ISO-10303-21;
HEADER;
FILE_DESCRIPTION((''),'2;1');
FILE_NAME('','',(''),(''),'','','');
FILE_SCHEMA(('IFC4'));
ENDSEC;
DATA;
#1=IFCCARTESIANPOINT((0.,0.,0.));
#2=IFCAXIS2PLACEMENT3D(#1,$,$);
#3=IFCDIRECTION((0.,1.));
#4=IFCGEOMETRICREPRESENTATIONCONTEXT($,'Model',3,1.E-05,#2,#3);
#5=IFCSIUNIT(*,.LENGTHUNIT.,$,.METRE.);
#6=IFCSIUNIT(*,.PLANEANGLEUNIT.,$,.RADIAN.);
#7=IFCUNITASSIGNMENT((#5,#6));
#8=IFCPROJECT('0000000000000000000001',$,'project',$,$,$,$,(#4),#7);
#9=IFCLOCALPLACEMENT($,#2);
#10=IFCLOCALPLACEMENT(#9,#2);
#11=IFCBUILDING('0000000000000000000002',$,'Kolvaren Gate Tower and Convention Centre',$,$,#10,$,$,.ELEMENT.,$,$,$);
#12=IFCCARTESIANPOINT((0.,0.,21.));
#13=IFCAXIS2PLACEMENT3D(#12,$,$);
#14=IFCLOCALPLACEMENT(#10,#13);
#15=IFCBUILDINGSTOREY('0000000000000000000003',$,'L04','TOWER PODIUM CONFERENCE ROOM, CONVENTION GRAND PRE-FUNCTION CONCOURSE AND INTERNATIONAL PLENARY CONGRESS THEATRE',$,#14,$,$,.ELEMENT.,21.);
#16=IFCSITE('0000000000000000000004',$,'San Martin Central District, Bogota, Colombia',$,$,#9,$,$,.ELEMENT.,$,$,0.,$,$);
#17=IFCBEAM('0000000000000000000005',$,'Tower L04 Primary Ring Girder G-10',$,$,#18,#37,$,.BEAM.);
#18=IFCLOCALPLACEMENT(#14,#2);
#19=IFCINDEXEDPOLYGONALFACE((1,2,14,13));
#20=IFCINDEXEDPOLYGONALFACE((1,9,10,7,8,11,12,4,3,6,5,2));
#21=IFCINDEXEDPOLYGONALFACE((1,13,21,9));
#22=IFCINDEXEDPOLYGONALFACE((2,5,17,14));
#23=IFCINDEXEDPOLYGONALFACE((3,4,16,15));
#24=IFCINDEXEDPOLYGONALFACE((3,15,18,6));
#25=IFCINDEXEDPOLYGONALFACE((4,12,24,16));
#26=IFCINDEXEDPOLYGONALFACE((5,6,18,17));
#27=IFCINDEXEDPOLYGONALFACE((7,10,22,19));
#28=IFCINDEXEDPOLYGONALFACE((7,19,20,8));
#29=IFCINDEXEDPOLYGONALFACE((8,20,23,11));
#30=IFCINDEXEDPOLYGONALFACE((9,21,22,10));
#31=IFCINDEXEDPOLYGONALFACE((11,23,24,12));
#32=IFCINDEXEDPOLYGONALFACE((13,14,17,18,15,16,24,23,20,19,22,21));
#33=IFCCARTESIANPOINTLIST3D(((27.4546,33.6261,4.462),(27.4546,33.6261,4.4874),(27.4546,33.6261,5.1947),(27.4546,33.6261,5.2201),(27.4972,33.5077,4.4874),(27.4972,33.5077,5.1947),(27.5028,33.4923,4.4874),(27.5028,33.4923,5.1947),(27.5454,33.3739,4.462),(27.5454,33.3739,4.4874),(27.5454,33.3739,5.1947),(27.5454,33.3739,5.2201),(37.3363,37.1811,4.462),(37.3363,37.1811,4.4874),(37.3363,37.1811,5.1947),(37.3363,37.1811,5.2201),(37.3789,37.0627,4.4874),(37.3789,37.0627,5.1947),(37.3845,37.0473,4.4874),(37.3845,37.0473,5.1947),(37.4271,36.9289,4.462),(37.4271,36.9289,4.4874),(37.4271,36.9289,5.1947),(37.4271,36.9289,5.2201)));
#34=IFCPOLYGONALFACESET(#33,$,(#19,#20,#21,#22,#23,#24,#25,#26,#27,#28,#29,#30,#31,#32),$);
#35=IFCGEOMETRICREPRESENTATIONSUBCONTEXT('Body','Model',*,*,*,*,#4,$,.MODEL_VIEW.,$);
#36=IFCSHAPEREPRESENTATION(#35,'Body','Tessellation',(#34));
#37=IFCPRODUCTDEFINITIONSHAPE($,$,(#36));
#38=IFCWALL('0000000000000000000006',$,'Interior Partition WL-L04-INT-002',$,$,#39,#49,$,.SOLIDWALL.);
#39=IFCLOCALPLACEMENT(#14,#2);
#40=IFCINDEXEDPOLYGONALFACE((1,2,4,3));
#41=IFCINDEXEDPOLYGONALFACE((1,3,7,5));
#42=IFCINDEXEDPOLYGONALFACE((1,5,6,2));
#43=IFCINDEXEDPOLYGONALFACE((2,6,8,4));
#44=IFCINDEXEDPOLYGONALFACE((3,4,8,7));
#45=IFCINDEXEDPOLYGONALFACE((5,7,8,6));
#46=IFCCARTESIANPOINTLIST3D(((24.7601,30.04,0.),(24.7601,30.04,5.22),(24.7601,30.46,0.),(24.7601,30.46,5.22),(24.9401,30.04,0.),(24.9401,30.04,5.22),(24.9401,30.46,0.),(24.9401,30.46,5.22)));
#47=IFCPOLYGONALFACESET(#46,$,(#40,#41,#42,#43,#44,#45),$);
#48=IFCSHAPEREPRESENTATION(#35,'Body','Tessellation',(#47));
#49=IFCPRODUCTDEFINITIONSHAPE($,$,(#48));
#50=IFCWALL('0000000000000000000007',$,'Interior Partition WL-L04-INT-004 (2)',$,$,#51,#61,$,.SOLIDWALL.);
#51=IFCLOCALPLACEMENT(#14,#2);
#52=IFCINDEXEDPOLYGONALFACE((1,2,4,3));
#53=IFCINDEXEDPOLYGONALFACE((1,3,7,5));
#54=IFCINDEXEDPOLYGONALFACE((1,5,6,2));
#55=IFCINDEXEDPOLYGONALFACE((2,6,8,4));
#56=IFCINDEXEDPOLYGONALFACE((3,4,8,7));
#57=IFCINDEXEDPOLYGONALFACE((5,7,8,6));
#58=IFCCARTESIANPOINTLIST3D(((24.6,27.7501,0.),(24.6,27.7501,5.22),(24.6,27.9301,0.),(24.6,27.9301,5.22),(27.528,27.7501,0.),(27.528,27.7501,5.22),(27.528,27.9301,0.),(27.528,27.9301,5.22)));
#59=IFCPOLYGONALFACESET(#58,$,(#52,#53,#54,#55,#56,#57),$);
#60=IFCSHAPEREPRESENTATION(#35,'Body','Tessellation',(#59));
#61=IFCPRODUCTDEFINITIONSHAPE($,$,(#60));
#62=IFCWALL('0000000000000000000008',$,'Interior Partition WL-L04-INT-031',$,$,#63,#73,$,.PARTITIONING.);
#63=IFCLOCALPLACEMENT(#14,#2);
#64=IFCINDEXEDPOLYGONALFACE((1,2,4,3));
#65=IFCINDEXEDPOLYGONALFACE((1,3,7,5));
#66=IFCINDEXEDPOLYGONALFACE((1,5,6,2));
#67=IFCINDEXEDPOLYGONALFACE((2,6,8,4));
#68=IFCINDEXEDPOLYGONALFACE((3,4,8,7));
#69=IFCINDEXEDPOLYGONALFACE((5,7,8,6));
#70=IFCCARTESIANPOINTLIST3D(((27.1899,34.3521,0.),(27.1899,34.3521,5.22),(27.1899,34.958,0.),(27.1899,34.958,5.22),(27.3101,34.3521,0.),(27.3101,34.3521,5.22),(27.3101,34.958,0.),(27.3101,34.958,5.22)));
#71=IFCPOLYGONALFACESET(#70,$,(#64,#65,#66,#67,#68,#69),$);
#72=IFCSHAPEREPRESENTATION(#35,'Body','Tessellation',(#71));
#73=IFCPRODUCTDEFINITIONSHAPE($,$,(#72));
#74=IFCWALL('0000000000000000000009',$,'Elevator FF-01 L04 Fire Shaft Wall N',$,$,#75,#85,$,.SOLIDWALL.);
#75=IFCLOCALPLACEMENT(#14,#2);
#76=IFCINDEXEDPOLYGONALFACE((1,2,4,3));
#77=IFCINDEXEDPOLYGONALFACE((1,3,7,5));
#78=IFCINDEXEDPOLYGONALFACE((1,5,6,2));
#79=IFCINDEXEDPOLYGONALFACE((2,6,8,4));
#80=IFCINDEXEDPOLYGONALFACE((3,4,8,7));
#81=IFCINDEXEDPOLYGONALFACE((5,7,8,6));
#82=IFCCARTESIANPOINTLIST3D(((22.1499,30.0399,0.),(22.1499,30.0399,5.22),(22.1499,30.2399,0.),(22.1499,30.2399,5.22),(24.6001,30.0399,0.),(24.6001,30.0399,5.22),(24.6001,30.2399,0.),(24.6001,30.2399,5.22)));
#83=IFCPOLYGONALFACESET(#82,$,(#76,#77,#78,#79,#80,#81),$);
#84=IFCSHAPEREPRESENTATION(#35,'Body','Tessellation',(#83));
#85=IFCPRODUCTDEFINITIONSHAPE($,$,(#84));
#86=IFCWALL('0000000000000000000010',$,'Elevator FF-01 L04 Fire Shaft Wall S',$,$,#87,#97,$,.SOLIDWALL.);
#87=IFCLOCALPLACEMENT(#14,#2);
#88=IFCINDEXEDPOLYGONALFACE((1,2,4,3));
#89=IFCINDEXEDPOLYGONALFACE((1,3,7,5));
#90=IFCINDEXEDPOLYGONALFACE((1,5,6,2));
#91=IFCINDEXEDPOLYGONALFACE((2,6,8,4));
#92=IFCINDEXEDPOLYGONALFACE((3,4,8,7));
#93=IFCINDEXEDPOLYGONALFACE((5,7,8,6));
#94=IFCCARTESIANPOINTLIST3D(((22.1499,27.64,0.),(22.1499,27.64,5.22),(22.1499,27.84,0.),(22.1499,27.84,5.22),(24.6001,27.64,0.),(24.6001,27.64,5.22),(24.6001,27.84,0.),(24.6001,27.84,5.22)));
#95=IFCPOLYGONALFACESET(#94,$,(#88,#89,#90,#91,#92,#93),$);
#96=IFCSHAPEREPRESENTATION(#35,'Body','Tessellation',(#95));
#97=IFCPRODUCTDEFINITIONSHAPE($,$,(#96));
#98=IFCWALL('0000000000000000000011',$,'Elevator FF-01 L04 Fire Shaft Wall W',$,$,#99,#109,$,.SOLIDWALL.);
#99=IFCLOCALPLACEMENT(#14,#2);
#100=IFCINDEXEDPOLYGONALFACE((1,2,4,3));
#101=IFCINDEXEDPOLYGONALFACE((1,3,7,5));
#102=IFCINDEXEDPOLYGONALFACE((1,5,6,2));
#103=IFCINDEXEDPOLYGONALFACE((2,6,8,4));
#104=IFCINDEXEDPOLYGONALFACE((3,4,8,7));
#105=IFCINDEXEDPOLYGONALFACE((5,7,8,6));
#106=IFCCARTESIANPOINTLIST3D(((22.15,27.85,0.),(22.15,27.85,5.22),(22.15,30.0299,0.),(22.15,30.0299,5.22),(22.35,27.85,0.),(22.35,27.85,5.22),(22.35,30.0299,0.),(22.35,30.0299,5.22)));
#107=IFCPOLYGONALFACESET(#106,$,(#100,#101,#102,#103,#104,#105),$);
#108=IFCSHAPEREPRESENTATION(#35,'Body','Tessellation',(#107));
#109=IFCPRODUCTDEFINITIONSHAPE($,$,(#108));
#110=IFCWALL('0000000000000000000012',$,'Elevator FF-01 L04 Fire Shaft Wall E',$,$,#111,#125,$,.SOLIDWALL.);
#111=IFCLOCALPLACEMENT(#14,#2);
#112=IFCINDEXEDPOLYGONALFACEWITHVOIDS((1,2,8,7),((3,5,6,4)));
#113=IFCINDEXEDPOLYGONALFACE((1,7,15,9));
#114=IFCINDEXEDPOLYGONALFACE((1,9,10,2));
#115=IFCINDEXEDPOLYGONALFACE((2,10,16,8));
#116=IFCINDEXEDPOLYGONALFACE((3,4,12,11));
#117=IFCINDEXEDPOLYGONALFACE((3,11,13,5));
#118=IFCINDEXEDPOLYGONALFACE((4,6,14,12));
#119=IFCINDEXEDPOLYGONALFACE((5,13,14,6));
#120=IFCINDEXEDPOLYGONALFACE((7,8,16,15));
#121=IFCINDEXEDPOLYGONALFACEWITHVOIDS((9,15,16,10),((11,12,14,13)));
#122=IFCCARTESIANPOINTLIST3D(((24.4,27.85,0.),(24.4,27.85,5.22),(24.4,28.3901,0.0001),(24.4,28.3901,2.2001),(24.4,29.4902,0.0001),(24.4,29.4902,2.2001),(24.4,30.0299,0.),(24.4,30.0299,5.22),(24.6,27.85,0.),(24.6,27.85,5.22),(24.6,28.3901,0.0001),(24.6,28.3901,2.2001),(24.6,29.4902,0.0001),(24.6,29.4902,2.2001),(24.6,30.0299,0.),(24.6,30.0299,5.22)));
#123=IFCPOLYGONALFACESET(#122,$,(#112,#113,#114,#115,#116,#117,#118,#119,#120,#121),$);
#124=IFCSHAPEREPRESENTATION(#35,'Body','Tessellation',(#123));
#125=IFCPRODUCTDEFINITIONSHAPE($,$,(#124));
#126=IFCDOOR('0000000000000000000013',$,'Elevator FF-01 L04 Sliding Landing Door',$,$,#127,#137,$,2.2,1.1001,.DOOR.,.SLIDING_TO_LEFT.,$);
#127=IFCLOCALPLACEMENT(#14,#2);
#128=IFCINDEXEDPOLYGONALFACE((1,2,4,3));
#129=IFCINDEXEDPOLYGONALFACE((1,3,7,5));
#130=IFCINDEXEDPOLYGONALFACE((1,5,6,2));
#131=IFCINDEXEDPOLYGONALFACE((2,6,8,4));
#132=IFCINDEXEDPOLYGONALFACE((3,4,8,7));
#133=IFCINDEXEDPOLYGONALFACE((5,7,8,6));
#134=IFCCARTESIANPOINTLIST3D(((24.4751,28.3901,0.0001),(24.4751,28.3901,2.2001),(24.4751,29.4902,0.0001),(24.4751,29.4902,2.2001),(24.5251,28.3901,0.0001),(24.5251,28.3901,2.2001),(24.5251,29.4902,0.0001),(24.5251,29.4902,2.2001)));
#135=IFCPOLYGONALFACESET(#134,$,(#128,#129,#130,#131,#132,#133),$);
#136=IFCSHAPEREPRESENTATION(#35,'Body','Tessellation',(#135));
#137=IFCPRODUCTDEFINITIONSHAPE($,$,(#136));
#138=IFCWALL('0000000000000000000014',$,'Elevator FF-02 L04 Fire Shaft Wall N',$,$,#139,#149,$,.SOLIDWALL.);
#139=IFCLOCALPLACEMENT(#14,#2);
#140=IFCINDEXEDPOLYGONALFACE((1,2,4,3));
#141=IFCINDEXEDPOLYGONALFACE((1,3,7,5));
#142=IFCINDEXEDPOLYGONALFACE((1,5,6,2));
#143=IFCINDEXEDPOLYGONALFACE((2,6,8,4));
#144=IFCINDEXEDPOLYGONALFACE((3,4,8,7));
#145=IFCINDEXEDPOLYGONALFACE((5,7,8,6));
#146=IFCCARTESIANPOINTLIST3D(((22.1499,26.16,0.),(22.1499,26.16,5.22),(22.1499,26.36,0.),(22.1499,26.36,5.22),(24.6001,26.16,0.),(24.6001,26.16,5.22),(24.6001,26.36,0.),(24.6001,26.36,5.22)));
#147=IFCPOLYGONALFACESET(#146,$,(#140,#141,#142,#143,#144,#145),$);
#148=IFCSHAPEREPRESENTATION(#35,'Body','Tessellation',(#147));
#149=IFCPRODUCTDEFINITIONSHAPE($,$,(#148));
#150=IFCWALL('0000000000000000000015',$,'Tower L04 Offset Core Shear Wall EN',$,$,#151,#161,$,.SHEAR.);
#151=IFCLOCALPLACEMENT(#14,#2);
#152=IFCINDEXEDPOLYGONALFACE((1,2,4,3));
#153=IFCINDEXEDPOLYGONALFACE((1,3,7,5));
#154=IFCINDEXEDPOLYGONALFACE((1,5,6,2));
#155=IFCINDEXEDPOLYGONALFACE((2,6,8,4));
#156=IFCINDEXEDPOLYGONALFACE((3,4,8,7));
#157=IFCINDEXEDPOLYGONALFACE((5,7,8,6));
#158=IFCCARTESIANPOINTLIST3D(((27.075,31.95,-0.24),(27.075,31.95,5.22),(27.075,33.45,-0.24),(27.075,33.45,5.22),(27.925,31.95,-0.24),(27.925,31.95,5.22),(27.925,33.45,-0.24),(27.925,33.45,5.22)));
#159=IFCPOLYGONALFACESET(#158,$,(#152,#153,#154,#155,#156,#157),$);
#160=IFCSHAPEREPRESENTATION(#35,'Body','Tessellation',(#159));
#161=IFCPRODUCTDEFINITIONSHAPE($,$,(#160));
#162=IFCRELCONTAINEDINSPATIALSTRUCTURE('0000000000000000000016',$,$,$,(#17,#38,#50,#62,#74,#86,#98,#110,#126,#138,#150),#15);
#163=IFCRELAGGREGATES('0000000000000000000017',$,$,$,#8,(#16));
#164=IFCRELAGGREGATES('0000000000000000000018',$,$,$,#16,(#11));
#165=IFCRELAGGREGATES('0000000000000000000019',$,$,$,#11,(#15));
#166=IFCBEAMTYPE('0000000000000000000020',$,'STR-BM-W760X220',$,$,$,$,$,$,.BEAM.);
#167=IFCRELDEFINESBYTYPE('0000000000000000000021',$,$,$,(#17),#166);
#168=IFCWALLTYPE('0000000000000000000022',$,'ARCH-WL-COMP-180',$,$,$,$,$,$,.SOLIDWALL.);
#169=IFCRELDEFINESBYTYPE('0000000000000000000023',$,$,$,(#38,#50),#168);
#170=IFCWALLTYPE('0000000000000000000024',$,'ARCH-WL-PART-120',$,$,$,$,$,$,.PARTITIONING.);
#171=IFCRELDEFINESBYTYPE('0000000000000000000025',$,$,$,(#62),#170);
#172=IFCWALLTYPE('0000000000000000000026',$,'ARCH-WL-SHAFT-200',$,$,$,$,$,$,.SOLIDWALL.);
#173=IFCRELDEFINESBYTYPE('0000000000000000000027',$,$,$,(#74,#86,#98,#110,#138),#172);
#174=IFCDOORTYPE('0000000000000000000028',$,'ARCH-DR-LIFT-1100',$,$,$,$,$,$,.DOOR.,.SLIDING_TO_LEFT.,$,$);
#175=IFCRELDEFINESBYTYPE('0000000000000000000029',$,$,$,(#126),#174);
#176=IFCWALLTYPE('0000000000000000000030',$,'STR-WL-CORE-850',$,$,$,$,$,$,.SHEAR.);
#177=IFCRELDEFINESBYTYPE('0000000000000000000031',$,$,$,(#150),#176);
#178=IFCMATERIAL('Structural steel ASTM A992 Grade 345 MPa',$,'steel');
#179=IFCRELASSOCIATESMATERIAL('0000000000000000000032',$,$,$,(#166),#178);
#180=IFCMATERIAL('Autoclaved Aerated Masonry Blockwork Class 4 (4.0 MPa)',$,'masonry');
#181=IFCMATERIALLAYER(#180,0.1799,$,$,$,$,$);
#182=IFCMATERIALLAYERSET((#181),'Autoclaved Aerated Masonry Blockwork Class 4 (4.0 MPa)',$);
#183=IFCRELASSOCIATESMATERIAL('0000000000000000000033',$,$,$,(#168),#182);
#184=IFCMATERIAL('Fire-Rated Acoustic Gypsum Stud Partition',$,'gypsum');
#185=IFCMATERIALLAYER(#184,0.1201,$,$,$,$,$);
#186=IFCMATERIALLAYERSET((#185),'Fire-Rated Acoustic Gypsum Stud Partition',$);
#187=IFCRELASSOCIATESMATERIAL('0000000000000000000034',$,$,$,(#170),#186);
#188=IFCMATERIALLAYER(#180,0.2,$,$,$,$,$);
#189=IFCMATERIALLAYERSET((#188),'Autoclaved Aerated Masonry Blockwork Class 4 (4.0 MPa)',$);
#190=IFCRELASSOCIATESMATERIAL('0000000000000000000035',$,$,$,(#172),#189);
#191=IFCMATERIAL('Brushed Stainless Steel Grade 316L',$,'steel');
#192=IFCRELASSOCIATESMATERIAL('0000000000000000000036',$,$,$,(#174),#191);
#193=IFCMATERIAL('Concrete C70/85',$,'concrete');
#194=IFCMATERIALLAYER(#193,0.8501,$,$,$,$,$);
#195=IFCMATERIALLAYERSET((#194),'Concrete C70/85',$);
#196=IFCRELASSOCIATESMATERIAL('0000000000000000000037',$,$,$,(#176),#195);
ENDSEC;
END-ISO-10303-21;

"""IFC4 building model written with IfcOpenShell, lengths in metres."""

from ifc_helpers import new_model, si_unit, direction, frame, frame_2d, origin, origin_2d, place, context, subcontext, project, spatial, rectangle, i_section, extrude, material, layer, layer_set, material_profile, profile_set, type_object, element, fill, save


model = new_model("IFC4")

# Units and contexts
model_context = context("Model", 3, precision=1e-05, world=origin(), true_north=direction((0.0, 1.0)))
body_context = subcontext(model_context, "Body", "Model", "MODEL_VIEW")
ifc_project = project(units=[si_unit("LENGTHUNIT", "METRE"), si_unit("PLANEANGLEUNIT", "RADIAN")], contexts=[model_context])

# Site, building, storey
site_placement = place(None, origin())
site = spatial("IfcSite", under=ifc_project, at=site_placement, Name="San Martin Central District, Bogota, Colombia", CompositionType="ELEMENT", RefElevation=0.0)
building_placement = place(site_placement, origin())
building = spatial("IfcBuilding", under=site, at=building_placement, Name="Kolvaren Gate Tower and Convention Centre", CompositionType="ELEMENT")
storey_placement = place(building_placement, frame((0.0, 0.0, 21.0)))
storey = spatial("IfcBuildingStorey", under=building, at=storey_placement, Name="L04", Description="TOWER PODIUM CONFERENCE ROOM, CONVENTION GRAND PRE-FUNCTION CONCOURSE AND INTERNATIONAL PLENARY CONGRESS THEATRE", CompositionType="ELEMENT", Elevation=21.0)

# Beam
ifc_material_1 = material(Name="Structural steel ASTM A992 Grade 345 MPa", Category="steel")
ifc_material_profile = material_profile(ifc_material_1, i_section(OverallWidth=0.2681, OverallDepth=0.7581, WebThickness=0.0164, FlangeThickness=0.0254, at=origin_2d()), Name="W760X220")
ifc_profile_set = profile_set([ifc_material_profile], Name="Structural steel ASTM A992 Grade 345 MPa")
beam_type = type_object("IfcBeamType", Name="STR-BM-W760X220", PredefinedType="BEAM", material=ifc_profile_set)
beam_placement = place(storey_placement, frame((27.5, 33.5, 4.8411), z_axis=(0.940961, 0.338514, 0.0), x_axis=(-0.338514, 0.940961, 0.0)))
element("IfcBeam", 1, at=beam_placement, inside=storey, type_object=beam_type, Name="Tower L04 Primary Ring Girder G-10", PredefinedType="BEAM", context=body_context, shape_type="SweptSolid", body=[
    extrude(i_section(OverallWidth=0.2681, OverallDepth=0.7581, WebThickness=0.0164, FlangeThickness=0.0254, at=origin_2d()), origin(), (0.0, 0.0, 1.0), 10.5017),
])

# Walls
ifc_material_2 = material(Name="Autoclaved Aerated Masonry Blockwork Class 4 (4.0 MPa)", Category="masonry")
ifc_layer_1 = layer(ifc_material_2, 0.1799)
ifc_layer_set_1 = layer_set([ifc_layer_1], Name="Autoclaved Aerated Masonry Blockwork Class 4 (4.0 MPa)")
wall_type_1 = type_object("IfcWallType", Name="ARCH-WL-COMP-180", PredefinedType="SOLIDWALL", material=ifc_layer_set_1)
wall_1_placement = place(storey_placement, frame((24.8501, 30.04, 0.0), z_axis=(0.0, 0.0, 1.0), x_axis=(0.0, 1.0, 0.0)))
element("IfcWall", 2, at=wall_1_placement, inside=storey, type_object=wall_type_1, Name="Interior Partition WL-L04-INT-002", PredefinedType="SOLIDWALL", context=body_context, shape_type="SweptSolid", body=[
    extrude(rectangle(XDim=0.4199, YDim=0.1799, at=frame_2d((0.21, 0.0))), origin(), (0.0, 0.0, 1.0), 5.22),
])
wall_2_placement = place(storey_placement, frame((24.6001, 27.8401, 0.0), z_axis=(0.0, 0.0, 1.0), x_axis=(1.0, 0.0, 0.0)))
element("IfcWall", 3, at=wall_2_placement, inside=storey, type_object=wall_type_1, Name="Interior Partition WL-L04-INT-004 (2)", PredefinedType="SOLIDWALL", context=body_context, shape_type="SweptSolid", body=[
    extrude(rectangle(XDim=2.928, YDim=0.1799, at=frame_2d((1.4639, 0.0))), origin(), (0.0, 0.0, 1.0), 5.22),
])
ifc_material_3 = material(Name="Fire-Rated Acoustic Gypsum Stud Partition", Category="gypsum")
ifc_layer_2 = layer(ifc_material_3, 0.1201)
ifc_layer_set_2 = layer_set([ifc_layer_2], Name="Fire-Rated Acoustic Gypsum Stud Partition")
wall_type_2 = type_object("IfcWallType", Name="ARCH-WL-PART-120", PredefinedType="PARTITIONING", material=ifc_layer_set_2)
wall_3_placement = place(storey_placement, frame((27.25, 34.3521, 0.0), z_axis=(0.0, 0.0, 1.0), x_axis=(0.0, 1.0, 0.0)))
element("IfcWall", 4, at=wall_3_placement, inside=storey, type_object=wall_type_2, Name="Interior Partition WL-L04-INT-031", PredefinedType="PARTITIONING", context=body_context, shape_type="SweptSolid", body=[
    extrude(rectangle(XDim=0.606, YDim=0.1201, at=frame_2d((0.303, 0.0))), origin(), (0.0, 0.0, 1.0), 5.22),
])
ifc_layer_3 = layer(ifc_material_2, 0.2)
ifc_layer_set_3 = layer_set([ifc_layer_3], Name="Autoclaved Aerated Masonry Blockwork Class 4 (4.0 MPa)")
wall_type_3 = type_object("IfcWallType", Name="ARCH-WL-SHAFT-200", PredefinedType="SOLIDWALL", material=ifc_layer_set_3)
for number, where, z_axis, x_axis, name in (
    (5, (22.1499, 30.1399, 0.0), (0.0, 0.0, 1.0), (1.0, 0.0, 0.0), "Elevator FF-01 L04 Fire Shaft Wall N"),
    (6, (22.1499, 27.74, 0.0), (0.0, 0.0, 1.0), (1.0, 0.0, 0.0), "Elevator FF-01 L04 Fire Shaft Wall S"),
):
    element("IfcWall", number, at=place(storey_placement, frame(where, z_axis=z_axis, x_axis=x_axis)), inside=storey, type_object=wall_type_3, Name=name, PredefinedType="SOLIDWALL", context=body_context, shape_type="SweptSolid", body=[
        extrude(rectangle(XDim=2.4502, YDim=0.2, at=frame_2d((1.2251, 0.0))), origin(), (0.0, 0.0, 1.0), 5.22),
    ])
wall_4_placement = place(storey_placement, frame((22.25, 27.8501, 0.0), z_axis=(0.0, 0.0, 1.0), x_axis=(0.0, 1.0, 0.0)))
element("IfcWall", 7, at=wall_4_placement, inside=storey, type_object=wall_type_3, Name="Elevator FF-01 L04 Fire Shaft Wall W", PredefinedType="SOLIDWALL", context=body_context, shape_type="SweptSolid", body=[
    extrude(rectangle(XDim=2.1799, YDim=0.2, at=frame_2d((1.0898, 0.0))), origin(), (0.0, 0.0, 1.0), 5.22),
])

# Wall, opening, door
wall_5_placement = place(storey_placement, frame((24.5, 27.8501, 0.0), z_axis=(0.0, 0.0, 1.0), x_axis=(0.0, 1.0, 0.0)))
wall_5 = element("IfcWall", 8, at=wall_5_placement, inside=storey, type_object=wall_type_3, Name="Elevator FF-01 L04 Fire Shaft Wall E", PredefinedType="SOLIDWALL", context=body_context, shape_type="SweptSolid", body=[
    extrude(rectangle(XDim=2.1799, YDim=0.2, at=frame_2d((1.0898, 0.0))), origin(), (0.0, 0.0, 1.0), 5.22),
])
opening_1_placement = place(wall_5_placement, frame((0.54, 0.0, 0.0)))
opening_1 = element("IfcOpeningElement", 9, at=opening_1_placement, cuts=wall_5, PredefinedType="OPENING", context=body_context, shape_type="SweptSolid", body=[
    extrude(rectangle(XDim=1.1001, YDim=2.2, at=frame_2d((0.55, 1.1001))), frame((0.0, 0.1099, 0.0), z_axis=(0.0, -1.0, 0.0), x_axis=(1.0, 0.0, 0.0)), (0.0, 0.0, 1.0), 0.22),
])
ifc_material_4 = material(Name="Brushed Stainless Steel Grade 316L", Category="steel")
door_type_1 = type_object("IfcDoorType", Name="ARCH-DR-LIFT-1100", OperationType="SLIDING_TO_LEFT", PredefinedType="DOOR", material=ifc_material_4)
door_1_placement = place(opening_1_placement, origin())
door_1 = element("IfcDoor", 10, at=door_1_placement, inside=storey, type_object=door_type_1, Name="Elevator FF-01 L04 Sliding Landing Door", OperationType="SLIDING_TO_LEFT", OverallHeight=2.2, OverallWidth=1.1001, PredefinedType="DOOR", context=body_context, shape_type="SweptSolid", body=[
    extrude(rectangle(XDim=1.1001, YDim=2.2, at=frame_2d((0.55, 1.1001))), frame((0.0, 0.0249, 0.0), z_axis=(0.0, -1.0, 0.0), x_axis=(1.0, 0.0, 0.0)), (0.0, 0.0, 1.0), 0.05),
])
fill(opening_1, door_1)

# Walls
wall_6_placement = place(storey_placement, frame((22.1499, 26.26, 0.0), z_axis=(0.0, 0.0, 1.0), x_axis=(1.0, 0.0, 0.0)))
element("IfcWall", 11, at=wall_6_placement, inside=storey, type_object=wall_type_3, Name="Elevator FF-02 L04 Fire Shaft Wall N", PredefinedType="SOLIDWALL", context=body_context, shape_type="SweptSolid", body=[
    extrude(rectangle(XDim=2.4502, YDim=0.2, at=frame_2d((1.2251, 0.0))), origin(), (0.0, 0.0, 1.0), 5.22),
])
ifc_material_5 = material(Name="Concrete C70/85", Category="concrete")
ifc_layer_4 = layer(ifc_material_5, 0.8501)
ifc_layer_set_4 = layer_set([ifc_layer_4], Name="Concrete C70/85")
wall_type_4 = type_object("IfcWallType", Name="STR-WL-CORE-850", PredefinedType="SHEAR", material=ifc_layer_set_4)
wall_7_placement = place(storey_placement, frame((27.5, 31.95, -0.24), z_axis=(0.0, 0.0, 1.0), x_axis=(0.0, 1.0, 0.0)))
element("IfcWall", 12, at=wall_7_placement, inside=storey, type_object=wall_type_4, Name="Tower L04 Offset Core Shear Wall EN", PredefinedType="SHEAR", context=body_context, shape_type="SweptSolid", body=[
    extrude(rectangle(XDim=1.5, YDim=0.8501, at=frame_2d((0.75, 0.0))), origin(), (0.0, 0.0, 1.0), 5.46),
])

save(model, "model.ifc")
